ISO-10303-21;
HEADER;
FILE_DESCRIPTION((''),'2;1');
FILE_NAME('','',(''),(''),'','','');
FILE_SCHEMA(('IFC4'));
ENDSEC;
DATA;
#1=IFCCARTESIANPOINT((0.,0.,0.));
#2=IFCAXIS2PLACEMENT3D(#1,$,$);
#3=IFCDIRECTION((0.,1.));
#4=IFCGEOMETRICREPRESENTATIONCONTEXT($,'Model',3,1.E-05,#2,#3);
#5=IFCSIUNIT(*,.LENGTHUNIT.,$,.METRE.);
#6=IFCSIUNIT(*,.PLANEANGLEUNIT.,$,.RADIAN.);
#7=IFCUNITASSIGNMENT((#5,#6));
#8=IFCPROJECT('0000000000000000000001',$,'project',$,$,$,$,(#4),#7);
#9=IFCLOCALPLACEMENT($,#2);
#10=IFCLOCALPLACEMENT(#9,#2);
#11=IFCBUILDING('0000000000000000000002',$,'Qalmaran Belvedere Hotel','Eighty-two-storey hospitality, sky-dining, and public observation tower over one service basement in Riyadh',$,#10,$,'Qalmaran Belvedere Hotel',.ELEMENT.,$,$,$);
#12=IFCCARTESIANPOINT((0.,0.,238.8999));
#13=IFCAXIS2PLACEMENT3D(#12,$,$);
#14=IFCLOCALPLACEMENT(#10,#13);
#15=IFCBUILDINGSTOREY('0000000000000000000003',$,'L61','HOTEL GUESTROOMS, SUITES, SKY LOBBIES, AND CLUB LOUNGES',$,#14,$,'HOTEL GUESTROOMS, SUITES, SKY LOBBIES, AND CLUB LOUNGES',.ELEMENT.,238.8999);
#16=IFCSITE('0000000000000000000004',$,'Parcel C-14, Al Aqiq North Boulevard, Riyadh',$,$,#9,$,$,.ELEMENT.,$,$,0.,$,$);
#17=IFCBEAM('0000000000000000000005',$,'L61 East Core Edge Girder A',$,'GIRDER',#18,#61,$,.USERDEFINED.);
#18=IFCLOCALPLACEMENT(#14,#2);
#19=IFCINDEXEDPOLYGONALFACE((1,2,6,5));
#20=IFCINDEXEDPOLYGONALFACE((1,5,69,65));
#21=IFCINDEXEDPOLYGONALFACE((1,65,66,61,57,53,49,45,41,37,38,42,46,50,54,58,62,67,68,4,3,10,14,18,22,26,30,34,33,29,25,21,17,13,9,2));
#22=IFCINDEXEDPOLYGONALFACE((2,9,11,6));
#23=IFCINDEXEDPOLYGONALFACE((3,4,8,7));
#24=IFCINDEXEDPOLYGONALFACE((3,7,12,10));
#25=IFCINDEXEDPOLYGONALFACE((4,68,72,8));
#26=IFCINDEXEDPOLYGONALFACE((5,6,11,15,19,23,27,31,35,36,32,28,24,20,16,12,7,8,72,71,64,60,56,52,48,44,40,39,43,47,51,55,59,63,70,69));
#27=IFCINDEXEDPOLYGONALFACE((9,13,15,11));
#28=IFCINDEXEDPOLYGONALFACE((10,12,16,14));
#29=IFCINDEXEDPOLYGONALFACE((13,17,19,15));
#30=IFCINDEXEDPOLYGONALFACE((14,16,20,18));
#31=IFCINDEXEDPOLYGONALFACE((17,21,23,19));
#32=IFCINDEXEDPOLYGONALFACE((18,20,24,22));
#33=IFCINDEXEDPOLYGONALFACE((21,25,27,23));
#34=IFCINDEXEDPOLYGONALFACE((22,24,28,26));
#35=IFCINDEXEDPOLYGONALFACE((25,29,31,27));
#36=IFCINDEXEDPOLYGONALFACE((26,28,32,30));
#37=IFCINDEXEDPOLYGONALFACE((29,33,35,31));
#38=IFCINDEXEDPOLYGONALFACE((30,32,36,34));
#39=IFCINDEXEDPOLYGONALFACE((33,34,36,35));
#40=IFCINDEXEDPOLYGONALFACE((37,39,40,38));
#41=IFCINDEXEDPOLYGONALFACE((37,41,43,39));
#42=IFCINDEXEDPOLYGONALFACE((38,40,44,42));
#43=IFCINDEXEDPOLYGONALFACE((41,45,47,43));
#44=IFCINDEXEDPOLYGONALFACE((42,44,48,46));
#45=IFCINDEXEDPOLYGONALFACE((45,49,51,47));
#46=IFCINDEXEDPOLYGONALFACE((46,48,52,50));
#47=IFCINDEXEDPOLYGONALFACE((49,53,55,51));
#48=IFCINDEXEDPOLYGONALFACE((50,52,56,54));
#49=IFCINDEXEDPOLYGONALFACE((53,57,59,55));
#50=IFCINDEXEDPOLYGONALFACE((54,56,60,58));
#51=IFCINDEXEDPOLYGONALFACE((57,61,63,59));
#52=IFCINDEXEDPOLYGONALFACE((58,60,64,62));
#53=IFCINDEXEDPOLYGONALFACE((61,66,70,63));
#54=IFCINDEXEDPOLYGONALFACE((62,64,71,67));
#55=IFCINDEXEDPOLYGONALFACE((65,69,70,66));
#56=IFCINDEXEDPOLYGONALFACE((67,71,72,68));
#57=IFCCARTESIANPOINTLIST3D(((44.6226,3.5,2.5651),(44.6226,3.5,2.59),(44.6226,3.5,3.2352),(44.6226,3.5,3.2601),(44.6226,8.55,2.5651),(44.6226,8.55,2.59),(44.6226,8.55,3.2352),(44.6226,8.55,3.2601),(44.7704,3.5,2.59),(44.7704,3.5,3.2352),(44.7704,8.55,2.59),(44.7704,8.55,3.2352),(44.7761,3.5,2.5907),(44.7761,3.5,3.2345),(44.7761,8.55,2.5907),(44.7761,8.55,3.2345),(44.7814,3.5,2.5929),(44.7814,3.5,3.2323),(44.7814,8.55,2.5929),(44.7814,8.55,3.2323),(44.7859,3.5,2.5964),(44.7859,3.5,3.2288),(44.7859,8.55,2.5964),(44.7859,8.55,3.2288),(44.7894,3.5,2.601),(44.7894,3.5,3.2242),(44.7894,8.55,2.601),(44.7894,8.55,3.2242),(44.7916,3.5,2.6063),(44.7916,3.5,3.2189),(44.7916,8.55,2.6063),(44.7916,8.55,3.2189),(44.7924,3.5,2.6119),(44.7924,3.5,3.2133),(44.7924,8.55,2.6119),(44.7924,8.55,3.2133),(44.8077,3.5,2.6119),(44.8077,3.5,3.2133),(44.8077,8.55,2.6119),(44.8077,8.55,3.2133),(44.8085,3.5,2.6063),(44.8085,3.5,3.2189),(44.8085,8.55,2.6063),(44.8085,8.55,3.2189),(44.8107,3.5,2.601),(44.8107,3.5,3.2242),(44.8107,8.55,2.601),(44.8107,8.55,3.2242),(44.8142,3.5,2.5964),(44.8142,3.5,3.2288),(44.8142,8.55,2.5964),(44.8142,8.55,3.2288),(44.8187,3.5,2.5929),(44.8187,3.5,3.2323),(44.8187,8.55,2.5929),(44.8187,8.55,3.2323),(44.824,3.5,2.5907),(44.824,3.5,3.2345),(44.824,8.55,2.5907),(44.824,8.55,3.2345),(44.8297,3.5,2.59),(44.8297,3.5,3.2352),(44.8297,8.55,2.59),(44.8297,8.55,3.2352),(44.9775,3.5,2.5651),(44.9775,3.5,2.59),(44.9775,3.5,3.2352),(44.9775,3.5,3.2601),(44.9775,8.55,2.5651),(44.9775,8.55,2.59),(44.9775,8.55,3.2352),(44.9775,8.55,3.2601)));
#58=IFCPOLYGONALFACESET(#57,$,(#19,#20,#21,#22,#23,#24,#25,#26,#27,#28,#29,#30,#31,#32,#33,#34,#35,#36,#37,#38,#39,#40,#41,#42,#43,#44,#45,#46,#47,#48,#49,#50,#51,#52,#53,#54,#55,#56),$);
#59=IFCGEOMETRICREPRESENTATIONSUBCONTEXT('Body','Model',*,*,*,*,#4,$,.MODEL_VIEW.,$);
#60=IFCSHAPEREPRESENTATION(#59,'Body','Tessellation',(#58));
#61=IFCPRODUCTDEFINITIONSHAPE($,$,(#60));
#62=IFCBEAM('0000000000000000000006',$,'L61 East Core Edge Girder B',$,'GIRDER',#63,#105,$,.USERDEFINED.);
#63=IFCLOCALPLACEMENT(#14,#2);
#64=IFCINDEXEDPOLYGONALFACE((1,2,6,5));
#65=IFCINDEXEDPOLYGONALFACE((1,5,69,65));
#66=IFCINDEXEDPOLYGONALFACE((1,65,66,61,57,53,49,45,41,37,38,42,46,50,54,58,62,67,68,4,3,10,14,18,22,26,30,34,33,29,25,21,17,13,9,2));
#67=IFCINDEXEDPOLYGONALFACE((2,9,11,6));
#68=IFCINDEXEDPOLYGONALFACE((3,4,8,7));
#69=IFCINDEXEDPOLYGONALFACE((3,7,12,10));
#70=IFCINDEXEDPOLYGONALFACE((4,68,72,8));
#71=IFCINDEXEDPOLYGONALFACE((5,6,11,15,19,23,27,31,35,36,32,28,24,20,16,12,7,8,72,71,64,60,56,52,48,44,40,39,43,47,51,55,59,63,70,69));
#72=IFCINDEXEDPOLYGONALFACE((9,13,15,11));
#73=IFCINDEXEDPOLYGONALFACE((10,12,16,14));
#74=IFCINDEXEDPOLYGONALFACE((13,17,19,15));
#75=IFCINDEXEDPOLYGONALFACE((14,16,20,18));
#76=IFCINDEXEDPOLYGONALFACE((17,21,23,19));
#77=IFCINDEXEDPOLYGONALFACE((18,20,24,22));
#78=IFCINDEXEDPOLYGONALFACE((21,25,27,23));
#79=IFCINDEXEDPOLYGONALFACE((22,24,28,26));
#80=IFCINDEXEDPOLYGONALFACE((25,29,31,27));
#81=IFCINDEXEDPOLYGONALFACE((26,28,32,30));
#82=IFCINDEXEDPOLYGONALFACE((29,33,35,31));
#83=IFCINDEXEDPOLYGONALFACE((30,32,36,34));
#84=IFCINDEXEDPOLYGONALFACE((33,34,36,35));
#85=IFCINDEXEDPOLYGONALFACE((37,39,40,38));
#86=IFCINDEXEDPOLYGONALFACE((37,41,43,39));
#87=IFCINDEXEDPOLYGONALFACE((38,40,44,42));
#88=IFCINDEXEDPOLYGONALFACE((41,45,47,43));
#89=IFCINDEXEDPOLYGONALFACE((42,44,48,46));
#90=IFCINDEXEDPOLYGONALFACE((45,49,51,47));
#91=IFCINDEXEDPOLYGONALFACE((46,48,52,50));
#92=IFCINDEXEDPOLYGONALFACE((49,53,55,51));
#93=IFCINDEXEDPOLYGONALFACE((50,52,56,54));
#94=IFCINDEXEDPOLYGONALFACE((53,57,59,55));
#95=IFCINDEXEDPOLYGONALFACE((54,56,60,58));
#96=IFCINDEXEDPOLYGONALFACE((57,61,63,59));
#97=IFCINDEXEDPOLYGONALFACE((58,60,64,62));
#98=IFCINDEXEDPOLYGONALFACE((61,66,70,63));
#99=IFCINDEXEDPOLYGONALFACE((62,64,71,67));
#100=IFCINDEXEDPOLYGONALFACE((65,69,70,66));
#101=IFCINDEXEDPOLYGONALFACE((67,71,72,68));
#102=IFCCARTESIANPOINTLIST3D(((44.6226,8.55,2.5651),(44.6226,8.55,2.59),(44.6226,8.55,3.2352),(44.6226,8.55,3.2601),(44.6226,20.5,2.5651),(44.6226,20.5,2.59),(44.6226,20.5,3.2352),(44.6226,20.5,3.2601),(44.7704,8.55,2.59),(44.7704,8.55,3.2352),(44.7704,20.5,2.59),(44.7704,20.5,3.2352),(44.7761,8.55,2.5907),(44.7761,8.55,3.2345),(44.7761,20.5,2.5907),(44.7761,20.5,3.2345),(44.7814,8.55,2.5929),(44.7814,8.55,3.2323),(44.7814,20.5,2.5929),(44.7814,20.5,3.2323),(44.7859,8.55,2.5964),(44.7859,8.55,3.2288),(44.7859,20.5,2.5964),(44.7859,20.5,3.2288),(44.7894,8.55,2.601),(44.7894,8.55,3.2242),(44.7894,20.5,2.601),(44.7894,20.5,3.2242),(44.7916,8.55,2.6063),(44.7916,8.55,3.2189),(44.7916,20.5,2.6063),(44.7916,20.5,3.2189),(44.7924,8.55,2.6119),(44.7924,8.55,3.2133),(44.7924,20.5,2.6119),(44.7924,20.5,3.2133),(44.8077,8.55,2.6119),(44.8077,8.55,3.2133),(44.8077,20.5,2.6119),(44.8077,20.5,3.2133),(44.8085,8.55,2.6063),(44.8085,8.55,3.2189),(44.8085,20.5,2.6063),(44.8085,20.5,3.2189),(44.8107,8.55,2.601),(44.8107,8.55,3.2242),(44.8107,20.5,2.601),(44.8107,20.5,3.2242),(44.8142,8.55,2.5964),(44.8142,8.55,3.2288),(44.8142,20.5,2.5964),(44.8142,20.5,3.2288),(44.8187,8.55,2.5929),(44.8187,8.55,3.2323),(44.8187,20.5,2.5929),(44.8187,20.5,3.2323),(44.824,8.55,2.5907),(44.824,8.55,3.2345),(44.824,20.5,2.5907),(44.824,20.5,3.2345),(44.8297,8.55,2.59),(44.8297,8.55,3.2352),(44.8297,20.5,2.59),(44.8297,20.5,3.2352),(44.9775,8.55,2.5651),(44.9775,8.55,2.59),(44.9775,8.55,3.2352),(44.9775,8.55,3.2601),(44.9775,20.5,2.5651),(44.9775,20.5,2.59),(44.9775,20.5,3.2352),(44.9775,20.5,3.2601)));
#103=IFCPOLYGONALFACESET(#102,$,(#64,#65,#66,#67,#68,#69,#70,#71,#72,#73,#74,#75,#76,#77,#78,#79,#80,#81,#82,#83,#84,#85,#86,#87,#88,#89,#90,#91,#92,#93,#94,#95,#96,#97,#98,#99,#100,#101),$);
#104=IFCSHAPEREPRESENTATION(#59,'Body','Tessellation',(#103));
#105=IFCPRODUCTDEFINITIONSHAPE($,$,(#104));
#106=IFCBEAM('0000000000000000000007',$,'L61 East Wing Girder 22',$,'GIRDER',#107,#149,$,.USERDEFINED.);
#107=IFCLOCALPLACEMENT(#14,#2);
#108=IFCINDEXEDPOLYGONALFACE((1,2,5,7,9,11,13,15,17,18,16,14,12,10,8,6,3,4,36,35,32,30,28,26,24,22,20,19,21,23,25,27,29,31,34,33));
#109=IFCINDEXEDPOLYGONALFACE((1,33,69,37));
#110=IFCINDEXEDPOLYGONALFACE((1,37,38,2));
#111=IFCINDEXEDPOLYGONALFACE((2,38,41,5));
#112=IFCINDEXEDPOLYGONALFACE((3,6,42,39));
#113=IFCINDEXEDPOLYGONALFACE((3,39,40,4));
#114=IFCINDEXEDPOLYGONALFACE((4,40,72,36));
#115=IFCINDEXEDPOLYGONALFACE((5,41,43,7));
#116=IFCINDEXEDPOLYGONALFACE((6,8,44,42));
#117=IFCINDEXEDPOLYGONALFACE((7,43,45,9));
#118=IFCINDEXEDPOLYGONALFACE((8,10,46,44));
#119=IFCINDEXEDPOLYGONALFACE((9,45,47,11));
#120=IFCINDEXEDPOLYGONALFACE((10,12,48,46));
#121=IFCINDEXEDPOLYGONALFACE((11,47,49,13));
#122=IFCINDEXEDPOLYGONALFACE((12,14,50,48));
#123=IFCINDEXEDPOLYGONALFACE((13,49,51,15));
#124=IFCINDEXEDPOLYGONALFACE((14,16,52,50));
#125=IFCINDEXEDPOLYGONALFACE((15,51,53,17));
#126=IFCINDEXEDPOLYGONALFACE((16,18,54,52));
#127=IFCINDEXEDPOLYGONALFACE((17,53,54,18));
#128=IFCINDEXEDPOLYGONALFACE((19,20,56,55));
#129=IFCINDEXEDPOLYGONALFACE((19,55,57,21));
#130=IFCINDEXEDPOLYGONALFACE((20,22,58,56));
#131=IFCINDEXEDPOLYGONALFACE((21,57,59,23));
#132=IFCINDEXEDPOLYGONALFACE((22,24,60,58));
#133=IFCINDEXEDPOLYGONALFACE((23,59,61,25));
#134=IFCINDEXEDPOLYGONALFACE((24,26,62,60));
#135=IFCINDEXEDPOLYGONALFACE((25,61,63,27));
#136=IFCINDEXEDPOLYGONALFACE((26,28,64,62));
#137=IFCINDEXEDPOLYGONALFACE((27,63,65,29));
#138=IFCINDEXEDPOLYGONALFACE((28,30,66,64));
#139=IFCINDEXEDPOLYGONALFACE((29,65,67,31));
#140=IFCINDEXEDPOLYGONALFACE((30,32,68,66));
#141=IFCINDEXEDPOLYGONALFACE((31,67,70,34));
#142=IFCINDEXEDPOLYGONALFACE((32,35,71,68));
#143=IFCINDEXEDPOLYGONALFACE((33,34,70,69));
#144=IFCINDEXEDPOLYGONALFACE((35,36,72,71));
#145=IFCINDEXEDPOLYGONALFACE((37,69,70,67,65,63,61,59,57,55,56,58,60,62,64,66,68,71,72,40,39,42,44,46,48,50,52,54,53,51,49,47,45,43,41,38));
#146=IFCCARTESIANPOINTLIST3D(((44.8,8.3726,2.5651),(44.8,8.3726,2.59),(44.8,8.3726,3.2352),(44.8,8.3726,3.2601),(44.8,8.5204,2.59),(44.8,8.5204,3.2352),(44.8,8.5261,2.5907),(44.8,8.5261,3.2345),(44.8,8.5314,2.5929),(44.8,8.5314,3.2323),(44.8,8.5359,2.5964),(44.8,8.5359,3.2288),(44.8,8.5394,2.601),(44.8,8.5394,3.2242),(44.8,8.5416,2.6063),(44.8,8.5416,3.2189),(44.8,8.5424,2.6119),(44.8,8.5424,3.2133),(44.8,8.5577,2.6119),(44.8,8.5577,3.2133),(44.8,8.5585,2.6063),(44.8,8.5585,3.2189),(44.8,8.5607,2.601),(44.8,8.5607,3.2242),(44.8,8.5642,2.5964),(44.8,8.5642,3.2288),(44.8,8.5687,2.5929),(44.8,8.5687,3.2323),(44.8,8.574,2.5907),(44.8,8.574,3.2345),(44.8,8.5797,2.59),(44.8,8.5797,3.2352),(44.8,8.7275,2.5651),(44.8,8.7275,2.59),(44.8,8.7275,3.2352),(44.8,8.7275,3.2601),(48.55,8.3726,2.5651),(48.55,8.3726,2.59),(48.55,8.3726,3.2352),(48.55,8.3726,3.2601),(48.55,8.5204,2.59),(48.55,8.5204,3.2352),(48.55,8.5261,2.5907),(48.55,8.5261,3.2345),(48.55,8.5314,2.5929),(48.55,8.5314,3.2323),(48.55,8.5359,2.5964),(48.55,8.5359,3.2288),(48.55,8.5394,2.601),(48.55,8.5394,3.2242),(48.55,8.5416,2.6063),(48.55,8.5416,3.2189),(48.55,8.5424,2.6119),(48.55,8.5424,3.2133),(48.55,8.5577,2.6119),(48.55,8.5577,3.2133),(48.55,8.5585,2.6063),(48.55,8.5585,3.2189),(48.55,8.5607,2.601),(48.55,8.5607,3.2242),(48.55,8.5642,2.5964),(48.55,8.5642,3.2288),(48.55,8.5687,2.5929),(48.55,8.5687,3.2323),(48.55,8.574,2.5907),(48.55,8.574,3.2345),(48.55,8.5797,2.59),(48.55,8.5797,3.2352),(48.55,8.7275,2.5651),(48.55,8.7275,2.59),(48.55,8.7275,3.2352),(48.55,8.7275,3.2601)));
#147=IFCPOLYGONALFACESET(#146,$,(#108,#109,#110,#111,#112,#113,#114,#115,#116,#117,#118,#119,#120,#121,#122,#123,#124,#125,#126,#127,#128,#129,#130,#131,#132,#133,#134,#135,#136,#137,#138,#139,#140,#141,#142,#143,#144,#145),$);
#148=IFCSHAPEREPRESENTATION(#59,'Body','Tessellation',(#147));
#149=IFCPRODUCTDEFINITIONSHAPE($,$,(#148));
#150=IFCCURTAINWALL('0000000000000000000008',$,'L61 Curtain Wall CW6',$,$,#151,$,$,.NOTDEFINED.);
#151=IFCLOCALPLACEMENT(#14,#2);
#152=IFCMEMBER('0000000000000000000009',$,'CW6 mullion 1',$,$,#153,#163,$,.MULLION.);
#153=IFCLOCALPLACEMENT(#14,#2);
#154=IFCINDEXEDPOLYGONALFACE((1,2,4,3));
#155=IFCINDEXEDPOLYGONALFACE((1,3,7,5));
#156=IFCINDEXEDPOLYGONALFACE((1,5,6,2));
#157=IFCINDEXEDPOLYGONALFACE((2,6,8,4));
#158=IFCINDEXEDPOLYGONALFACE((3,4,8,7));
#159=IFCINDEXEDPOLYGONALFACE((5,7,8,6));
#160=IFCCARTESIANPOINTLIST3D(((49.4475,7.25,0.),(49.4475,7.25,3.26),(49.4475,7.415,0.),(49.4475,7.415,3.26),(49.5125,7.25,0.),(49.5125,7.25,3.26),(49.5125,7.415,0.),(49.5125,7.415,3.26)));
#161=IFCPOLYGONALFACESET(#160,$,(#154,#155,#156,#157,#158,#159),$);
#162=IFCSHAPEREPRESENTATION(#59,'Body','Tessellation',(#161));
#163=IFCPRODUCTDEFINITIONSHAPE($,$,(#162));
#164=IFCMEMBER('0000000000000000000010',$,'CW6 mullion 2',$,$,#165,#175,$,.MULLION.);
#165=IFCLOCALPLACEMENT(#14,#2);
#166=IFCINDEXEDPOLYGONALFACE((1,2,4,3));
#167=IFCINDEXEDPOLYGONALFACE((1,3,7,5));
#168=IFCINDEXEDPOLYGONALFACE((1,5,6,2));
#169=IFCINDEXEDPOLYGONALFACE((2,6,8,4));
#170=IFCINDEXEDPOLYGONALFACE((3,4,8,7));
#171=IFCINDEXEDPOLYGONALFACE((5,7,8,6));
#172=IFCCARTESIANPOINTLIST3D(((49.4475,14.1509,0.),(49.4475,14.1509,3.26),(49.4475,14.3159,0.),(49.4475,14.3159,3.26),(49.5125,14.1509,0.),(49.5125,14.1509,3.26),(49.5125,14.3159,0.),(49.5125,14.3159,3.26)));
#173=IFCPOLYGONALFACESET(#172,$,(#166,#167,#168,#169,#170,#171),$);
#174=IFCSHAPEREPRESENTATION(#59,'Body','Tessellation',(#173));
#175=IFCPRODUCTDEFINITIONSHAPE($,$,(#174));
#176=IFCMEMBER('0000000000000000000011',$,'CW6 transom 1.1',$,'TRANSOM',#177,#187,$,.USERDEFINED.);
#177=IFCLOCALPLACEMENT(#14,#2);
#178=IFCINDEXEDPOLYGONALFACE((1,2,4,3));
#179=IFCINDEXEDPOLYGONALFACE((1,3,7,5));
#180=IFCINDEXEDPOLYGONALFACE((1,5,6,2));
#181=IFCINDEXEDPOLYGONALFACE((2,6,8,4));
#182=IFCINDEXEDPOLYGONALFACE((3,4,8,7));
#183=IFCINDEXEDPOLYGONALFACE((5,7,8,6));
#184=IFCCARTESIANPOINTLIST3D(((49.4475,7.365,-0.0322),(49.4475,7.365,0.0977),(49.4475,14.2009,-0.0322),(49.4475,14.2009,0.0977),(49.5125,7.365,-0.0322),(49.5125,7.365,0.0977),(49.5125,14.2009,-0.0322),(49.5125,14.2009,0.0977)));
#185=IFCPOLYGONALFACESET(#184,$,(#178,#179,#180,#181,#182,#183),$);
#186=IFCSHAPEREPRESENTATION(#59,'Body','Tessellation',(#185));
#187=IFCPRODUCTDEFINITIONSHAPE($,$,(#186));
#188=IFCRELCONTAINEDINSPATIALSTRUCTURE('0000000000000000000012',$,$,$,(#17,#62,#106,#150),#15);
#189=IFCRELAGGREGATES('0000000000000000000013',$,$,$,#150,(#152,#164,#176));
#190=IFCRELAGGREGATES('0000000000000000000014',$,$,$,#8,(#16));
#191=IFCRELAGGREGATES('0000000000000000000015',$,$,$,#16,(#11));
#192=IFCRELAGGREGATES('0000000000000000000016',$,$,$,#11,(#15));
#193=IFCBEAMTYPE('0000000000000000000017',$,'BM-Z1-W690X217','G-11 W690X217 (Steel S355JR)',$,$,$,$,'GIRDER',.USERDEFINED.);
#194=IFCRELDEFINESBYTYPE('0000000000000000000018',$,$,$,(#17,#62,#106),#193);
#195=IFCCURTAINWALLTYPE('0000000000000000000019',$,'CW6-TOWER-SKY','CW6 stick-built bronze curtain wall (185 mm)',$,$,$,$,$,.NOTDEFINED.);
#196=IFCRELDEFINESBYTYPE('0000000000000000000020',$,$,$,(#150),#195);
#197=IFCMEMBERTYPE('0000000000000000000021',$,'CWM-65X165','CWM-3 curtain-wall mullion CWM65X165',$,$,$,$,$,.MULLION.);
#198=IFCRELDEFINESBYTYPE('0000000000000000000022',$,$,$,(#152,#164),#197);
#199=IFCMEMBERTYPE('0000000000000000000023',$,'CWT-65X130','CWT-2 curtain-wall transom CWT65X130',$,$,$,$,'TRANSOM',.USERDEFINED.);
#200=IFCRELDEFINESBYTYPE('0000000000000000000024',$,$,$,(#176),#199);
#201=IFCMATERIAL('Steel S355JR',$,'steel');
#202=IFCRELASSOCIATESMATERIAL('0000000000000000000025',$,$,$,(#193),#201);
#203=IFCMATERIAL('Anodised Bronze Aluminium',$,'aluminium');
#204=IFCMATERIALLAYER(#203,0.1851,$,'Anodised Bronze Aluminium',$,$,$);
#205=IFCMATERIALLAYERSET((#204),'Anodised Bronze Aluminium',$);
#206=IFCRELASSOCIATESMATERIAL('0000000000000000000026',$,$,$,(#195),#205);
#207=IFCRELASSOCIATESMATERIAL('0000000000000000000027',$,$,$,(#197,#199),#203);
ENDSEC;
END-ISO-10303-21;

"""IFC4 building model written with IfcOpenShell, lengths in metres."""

from ifc_helpers import new_model, si_unit, direction, frame, origin, origin_2d, place, context, subcontext, project, spatial, rectangle, i_section, extrude, material, layer, layer_set, material_profile, profile_set, type_object, element, aggregate, save


model = new_model("IFC4")

# Units and contexts
model_context = context("Model", 3, precision=1e-05, world=origin(), true_north=direction((0.0, 1.0)))
body_context = subcontext(model_context, "Body", "Model", "MODEL_VIEW")
ifc_project = project(units=[si_unit("LENGTHUNIT", "METRE"), si_unit("PLANEANGLEUNIT", "RADIAN")], contexts=[model_context])

# Site, building, storey
site_placement = place(None, origin())
site = spatial("IfcSite", under=ifc_project, at=site_placement, Name="Parcel C-14, Al Aqiq North Boulevard, Riyadh", CompositionType="ELEMENT", RefElevation=0.0)
building_placement = place(site_placement, origin())
building = spatial("IfcBuilding", under=site, at=building_placement, Name="Qalmaran Belvedere Hotel", Description="Eighty-two-storey hospitality, sky-dining, and public observation tower over one service basement in Riyadh", LongName="Qalmaran Belvedere Hotel", CompositionType="ELEMENT")
storey_placement = place(building_placement, frame((0.0, 0.0, 238.8999)))
storey = spatial("IfcBuildingStorey", under=building, at=storey_placement, Name="L61", Description="HOTEL GUESTROOMS, SUITES, SKY LOBBIES, AND CLUB LOUNGES", LongName="HOTEL GUESTROOMS, SUITES, SKY LOBBIES, AND CLUB LOUNGES", CompositionType="ELEMENT", Elevation=238.8999)

# Beams
ifc_material_1 = material(Name="Steel S355JR", Category="steel")
ifc_material_profile_1 = material_profile(ifc_material_1, i_section(OverallWidth=0.355, OverallDepth=0.6951, WebThickness=0.0154, FlangeThickness=0.0249, FilletRadius=0.022, at=origin_2d()), Name="W690X217")
ifc_profile_set_1 = profile_set([ifc_material_profile_1], Name="Steel S355JR")
beam_type_1 = type_object("IfcBeamType", Name="BM-Z1-W690X217", Description="G-11 W690X217 (Steel S355JR)", ElementType="GIRDER", PredefinedType="USERDEFINED", material=ifc_profile_set_1)
beam_1_placement = place(storey_placement, frame((44.8, 3.5, 2.9126), z_axis=(0.0, 1.0, 0.0), x_axis=(-1.0, 0.0, 0.0)))
element("IfcBeam", 1, at=beam_1_placement, inside=storey, type_object=beam_type_1, Name="L61 East Core Edge Girder A", ObjectType="GIRDER", PredefinedType="USERDEFINED", context=body_context, shape_type="SweptSolid", body=[
    extrude(i_section(OverallWidth=0.355, OverallDepth=0.6951, WebThickness=0.0154, FlangeThickness=0.0249, FilletRadius=0.022, at=origin_2d()), origin(), (0.0, 0.0, 1.0), 5.05),
])
beam_2_placement = place(storey_placement, frame((44.8, 8.55, 2.9126), z_axis=(0.0, 1.0, 0.0), x_axis=(-1.0, 0.0, 0.0)))
element("IfcBeam", 2, at=beam_2_placement, inside=storey, type_object=beam_type_1, Name="L61 East Core Edge Girder B", ObjectType="GIRDER", PredefinedType="USERDEFINED", context=body_context, shape_type="SweptSolid", body=[
    extrude(i_section(OverallWidth=0.355, OverallDepth=0.6951, WebThickness=0.0154, FlangeThickness=0.0249, FilletRadius=0.022, at=origin_2d()), origin(), (0.0, 0.0, 1.0), 11.95),
])
beam_3_placement = place(storey_placement, frame((44.8, 8.55, 2.9126), z_axis=(1.0, 0.0, 0.0), x_axis=(0.0, 1.0, 0.0)))
element("IfcBeam", 3, at=beam_3_placement, inside=storey, type_object=beam_type_1, Name="L61 East Wing Girder 22", ObjectType="GIRDER", PredefinedType="USERDEFINED", context=body_context, shape_type="SweptSolid", body=[
    extrude(i_section(OverallWidth=0.355, OverallDepth=0.6951, WebThickness=0.0154, FlangeThickness=0.0249, FilletRadius=0.022, at=origin_2d()), origin(), (0.0, 0.0, 1.0), 3.75),
])

# Curtain wall, members
ifc_material_2 = material(Name="Anodised Bronze Aluminium", Category="aluminium")
ifc_layer_1 = layer(ifc_material_2, 0.1851, Name="Anodised Bronze Aluminium")
ifc_layer_set_1 = layer_set([ifc_layer_1], Name="Anodised Bronze Aluminium")
curtain_wall_type = type_object("IfcCurtainWallType", Name="CW6-TOWER-SKY", Description="CW6 stick-built bronze curtain wall (185 mm)", PredefinedType="NOTDEFINED", material=ifc_layer_set_1)
curtain_wall_placement = place(storey_placement, origin())
curtain_wall = element("IfcCurtainWall", 4, at=curtain_wall_placement, inside=storey, type_object=curtain_wall_type, Name="L61 Curtain Wall CW6", PredefinedType="NOTDEFINED")
ifc_material_profile_2 = material_profile(ifc_material_2, rectangle(XDim=0.0649, YDim=0.165, at=origin_2d()), Name="CWM65X165")
ifc_profile_set_2 = profile_set([ifc_material_profile_2], Name="Anodised Bronze Aluminium")
member_type_1 = type_object("IfcMemberType", Name="CWM-65X165", Description="CWM-3 curtain-wall mullion CWM65X165", PredefinedType="MULLION", material=ifc_profile_set_2)
member_1_placement = place(storey_placement, frame((49.48, 7.3325, 0.0), z_axis=(0.0, 0.0, 1.0), x_axis=(-1.0, 0.0, 0.0)))
member_1 = element("IfcMember", 5, at=member_1_placement, type_object=member_type_1, Name="CW6 mullion 1", PredefinedType="MULLION", context=body_context, shape_type="SweptSolid", body=[
    extrude(rectangle(XDim=0.0649, YDim=0.165, at=origin_2d()), origin(), (0.0, 0.0, 1.0), 3.26),
])
member_2_placement = place(storey_placement, frame((49.48, 14.2334, 0.0), z_axis=(0.0, 0.0, 1.0), x_axis=(-1.0, 0.0, 0.0)))
member_2 = element("IfcMember", 6, at=member_2_placement, type_object=member_type_1, Name="CW6 mullion 2", PredefinedType="MULLION", context=body_context, shape_type="SweptSolid", body=[
    extrude(rectangle(XDim=0.0649, YDim=0.165, at=origin_2d()), origin(), (0.0, 0.0, 1.0), 3.26),
])
ifc_material_profile_3 = material_profile(ifc_material_2, rectangle(XDim=0.0649, YDim=0.1299, at=origin_2d()), Name="CWT65X130")
ifc_profile_set_3 = profile_set([ifc_material_profile_3], Name="Anodised Bronze Aluminium")
member_type_2 = type_object("IfcMemberType", Name="CWT-65X130", Description="CWT-2 curtain-wall transom CWT65X130", ElementType="TRANSOM", PredefinedType="USERDEFINED", material=ifc_profile_set_3)
member_3_placement = place(storey_placement, frame((49.48, 7.365, 0.0327), z_axis=(0.0, 1.0, 0.0), x_axis=(-1.0, 0.0, 0.0)))
member_3 = element("IfcMember", 7, at=member_3_placement, type_object=member_type_2, Name="CW6 transom 1.1", ObjectType="TRANSOM", PredefinedType="USERDEFINED", context=body_context, shape_type="SweptSolid", body=[
    extrude(rectangle(XDim=0.0649, YDim=0.1299, at=origin_2d()), origin(), (0.0, 0.0, 1.0), 6.8359),
])
aggregate(curtain_wall, [member_1, member_2, member_3])

save(model, "model.ifc")
